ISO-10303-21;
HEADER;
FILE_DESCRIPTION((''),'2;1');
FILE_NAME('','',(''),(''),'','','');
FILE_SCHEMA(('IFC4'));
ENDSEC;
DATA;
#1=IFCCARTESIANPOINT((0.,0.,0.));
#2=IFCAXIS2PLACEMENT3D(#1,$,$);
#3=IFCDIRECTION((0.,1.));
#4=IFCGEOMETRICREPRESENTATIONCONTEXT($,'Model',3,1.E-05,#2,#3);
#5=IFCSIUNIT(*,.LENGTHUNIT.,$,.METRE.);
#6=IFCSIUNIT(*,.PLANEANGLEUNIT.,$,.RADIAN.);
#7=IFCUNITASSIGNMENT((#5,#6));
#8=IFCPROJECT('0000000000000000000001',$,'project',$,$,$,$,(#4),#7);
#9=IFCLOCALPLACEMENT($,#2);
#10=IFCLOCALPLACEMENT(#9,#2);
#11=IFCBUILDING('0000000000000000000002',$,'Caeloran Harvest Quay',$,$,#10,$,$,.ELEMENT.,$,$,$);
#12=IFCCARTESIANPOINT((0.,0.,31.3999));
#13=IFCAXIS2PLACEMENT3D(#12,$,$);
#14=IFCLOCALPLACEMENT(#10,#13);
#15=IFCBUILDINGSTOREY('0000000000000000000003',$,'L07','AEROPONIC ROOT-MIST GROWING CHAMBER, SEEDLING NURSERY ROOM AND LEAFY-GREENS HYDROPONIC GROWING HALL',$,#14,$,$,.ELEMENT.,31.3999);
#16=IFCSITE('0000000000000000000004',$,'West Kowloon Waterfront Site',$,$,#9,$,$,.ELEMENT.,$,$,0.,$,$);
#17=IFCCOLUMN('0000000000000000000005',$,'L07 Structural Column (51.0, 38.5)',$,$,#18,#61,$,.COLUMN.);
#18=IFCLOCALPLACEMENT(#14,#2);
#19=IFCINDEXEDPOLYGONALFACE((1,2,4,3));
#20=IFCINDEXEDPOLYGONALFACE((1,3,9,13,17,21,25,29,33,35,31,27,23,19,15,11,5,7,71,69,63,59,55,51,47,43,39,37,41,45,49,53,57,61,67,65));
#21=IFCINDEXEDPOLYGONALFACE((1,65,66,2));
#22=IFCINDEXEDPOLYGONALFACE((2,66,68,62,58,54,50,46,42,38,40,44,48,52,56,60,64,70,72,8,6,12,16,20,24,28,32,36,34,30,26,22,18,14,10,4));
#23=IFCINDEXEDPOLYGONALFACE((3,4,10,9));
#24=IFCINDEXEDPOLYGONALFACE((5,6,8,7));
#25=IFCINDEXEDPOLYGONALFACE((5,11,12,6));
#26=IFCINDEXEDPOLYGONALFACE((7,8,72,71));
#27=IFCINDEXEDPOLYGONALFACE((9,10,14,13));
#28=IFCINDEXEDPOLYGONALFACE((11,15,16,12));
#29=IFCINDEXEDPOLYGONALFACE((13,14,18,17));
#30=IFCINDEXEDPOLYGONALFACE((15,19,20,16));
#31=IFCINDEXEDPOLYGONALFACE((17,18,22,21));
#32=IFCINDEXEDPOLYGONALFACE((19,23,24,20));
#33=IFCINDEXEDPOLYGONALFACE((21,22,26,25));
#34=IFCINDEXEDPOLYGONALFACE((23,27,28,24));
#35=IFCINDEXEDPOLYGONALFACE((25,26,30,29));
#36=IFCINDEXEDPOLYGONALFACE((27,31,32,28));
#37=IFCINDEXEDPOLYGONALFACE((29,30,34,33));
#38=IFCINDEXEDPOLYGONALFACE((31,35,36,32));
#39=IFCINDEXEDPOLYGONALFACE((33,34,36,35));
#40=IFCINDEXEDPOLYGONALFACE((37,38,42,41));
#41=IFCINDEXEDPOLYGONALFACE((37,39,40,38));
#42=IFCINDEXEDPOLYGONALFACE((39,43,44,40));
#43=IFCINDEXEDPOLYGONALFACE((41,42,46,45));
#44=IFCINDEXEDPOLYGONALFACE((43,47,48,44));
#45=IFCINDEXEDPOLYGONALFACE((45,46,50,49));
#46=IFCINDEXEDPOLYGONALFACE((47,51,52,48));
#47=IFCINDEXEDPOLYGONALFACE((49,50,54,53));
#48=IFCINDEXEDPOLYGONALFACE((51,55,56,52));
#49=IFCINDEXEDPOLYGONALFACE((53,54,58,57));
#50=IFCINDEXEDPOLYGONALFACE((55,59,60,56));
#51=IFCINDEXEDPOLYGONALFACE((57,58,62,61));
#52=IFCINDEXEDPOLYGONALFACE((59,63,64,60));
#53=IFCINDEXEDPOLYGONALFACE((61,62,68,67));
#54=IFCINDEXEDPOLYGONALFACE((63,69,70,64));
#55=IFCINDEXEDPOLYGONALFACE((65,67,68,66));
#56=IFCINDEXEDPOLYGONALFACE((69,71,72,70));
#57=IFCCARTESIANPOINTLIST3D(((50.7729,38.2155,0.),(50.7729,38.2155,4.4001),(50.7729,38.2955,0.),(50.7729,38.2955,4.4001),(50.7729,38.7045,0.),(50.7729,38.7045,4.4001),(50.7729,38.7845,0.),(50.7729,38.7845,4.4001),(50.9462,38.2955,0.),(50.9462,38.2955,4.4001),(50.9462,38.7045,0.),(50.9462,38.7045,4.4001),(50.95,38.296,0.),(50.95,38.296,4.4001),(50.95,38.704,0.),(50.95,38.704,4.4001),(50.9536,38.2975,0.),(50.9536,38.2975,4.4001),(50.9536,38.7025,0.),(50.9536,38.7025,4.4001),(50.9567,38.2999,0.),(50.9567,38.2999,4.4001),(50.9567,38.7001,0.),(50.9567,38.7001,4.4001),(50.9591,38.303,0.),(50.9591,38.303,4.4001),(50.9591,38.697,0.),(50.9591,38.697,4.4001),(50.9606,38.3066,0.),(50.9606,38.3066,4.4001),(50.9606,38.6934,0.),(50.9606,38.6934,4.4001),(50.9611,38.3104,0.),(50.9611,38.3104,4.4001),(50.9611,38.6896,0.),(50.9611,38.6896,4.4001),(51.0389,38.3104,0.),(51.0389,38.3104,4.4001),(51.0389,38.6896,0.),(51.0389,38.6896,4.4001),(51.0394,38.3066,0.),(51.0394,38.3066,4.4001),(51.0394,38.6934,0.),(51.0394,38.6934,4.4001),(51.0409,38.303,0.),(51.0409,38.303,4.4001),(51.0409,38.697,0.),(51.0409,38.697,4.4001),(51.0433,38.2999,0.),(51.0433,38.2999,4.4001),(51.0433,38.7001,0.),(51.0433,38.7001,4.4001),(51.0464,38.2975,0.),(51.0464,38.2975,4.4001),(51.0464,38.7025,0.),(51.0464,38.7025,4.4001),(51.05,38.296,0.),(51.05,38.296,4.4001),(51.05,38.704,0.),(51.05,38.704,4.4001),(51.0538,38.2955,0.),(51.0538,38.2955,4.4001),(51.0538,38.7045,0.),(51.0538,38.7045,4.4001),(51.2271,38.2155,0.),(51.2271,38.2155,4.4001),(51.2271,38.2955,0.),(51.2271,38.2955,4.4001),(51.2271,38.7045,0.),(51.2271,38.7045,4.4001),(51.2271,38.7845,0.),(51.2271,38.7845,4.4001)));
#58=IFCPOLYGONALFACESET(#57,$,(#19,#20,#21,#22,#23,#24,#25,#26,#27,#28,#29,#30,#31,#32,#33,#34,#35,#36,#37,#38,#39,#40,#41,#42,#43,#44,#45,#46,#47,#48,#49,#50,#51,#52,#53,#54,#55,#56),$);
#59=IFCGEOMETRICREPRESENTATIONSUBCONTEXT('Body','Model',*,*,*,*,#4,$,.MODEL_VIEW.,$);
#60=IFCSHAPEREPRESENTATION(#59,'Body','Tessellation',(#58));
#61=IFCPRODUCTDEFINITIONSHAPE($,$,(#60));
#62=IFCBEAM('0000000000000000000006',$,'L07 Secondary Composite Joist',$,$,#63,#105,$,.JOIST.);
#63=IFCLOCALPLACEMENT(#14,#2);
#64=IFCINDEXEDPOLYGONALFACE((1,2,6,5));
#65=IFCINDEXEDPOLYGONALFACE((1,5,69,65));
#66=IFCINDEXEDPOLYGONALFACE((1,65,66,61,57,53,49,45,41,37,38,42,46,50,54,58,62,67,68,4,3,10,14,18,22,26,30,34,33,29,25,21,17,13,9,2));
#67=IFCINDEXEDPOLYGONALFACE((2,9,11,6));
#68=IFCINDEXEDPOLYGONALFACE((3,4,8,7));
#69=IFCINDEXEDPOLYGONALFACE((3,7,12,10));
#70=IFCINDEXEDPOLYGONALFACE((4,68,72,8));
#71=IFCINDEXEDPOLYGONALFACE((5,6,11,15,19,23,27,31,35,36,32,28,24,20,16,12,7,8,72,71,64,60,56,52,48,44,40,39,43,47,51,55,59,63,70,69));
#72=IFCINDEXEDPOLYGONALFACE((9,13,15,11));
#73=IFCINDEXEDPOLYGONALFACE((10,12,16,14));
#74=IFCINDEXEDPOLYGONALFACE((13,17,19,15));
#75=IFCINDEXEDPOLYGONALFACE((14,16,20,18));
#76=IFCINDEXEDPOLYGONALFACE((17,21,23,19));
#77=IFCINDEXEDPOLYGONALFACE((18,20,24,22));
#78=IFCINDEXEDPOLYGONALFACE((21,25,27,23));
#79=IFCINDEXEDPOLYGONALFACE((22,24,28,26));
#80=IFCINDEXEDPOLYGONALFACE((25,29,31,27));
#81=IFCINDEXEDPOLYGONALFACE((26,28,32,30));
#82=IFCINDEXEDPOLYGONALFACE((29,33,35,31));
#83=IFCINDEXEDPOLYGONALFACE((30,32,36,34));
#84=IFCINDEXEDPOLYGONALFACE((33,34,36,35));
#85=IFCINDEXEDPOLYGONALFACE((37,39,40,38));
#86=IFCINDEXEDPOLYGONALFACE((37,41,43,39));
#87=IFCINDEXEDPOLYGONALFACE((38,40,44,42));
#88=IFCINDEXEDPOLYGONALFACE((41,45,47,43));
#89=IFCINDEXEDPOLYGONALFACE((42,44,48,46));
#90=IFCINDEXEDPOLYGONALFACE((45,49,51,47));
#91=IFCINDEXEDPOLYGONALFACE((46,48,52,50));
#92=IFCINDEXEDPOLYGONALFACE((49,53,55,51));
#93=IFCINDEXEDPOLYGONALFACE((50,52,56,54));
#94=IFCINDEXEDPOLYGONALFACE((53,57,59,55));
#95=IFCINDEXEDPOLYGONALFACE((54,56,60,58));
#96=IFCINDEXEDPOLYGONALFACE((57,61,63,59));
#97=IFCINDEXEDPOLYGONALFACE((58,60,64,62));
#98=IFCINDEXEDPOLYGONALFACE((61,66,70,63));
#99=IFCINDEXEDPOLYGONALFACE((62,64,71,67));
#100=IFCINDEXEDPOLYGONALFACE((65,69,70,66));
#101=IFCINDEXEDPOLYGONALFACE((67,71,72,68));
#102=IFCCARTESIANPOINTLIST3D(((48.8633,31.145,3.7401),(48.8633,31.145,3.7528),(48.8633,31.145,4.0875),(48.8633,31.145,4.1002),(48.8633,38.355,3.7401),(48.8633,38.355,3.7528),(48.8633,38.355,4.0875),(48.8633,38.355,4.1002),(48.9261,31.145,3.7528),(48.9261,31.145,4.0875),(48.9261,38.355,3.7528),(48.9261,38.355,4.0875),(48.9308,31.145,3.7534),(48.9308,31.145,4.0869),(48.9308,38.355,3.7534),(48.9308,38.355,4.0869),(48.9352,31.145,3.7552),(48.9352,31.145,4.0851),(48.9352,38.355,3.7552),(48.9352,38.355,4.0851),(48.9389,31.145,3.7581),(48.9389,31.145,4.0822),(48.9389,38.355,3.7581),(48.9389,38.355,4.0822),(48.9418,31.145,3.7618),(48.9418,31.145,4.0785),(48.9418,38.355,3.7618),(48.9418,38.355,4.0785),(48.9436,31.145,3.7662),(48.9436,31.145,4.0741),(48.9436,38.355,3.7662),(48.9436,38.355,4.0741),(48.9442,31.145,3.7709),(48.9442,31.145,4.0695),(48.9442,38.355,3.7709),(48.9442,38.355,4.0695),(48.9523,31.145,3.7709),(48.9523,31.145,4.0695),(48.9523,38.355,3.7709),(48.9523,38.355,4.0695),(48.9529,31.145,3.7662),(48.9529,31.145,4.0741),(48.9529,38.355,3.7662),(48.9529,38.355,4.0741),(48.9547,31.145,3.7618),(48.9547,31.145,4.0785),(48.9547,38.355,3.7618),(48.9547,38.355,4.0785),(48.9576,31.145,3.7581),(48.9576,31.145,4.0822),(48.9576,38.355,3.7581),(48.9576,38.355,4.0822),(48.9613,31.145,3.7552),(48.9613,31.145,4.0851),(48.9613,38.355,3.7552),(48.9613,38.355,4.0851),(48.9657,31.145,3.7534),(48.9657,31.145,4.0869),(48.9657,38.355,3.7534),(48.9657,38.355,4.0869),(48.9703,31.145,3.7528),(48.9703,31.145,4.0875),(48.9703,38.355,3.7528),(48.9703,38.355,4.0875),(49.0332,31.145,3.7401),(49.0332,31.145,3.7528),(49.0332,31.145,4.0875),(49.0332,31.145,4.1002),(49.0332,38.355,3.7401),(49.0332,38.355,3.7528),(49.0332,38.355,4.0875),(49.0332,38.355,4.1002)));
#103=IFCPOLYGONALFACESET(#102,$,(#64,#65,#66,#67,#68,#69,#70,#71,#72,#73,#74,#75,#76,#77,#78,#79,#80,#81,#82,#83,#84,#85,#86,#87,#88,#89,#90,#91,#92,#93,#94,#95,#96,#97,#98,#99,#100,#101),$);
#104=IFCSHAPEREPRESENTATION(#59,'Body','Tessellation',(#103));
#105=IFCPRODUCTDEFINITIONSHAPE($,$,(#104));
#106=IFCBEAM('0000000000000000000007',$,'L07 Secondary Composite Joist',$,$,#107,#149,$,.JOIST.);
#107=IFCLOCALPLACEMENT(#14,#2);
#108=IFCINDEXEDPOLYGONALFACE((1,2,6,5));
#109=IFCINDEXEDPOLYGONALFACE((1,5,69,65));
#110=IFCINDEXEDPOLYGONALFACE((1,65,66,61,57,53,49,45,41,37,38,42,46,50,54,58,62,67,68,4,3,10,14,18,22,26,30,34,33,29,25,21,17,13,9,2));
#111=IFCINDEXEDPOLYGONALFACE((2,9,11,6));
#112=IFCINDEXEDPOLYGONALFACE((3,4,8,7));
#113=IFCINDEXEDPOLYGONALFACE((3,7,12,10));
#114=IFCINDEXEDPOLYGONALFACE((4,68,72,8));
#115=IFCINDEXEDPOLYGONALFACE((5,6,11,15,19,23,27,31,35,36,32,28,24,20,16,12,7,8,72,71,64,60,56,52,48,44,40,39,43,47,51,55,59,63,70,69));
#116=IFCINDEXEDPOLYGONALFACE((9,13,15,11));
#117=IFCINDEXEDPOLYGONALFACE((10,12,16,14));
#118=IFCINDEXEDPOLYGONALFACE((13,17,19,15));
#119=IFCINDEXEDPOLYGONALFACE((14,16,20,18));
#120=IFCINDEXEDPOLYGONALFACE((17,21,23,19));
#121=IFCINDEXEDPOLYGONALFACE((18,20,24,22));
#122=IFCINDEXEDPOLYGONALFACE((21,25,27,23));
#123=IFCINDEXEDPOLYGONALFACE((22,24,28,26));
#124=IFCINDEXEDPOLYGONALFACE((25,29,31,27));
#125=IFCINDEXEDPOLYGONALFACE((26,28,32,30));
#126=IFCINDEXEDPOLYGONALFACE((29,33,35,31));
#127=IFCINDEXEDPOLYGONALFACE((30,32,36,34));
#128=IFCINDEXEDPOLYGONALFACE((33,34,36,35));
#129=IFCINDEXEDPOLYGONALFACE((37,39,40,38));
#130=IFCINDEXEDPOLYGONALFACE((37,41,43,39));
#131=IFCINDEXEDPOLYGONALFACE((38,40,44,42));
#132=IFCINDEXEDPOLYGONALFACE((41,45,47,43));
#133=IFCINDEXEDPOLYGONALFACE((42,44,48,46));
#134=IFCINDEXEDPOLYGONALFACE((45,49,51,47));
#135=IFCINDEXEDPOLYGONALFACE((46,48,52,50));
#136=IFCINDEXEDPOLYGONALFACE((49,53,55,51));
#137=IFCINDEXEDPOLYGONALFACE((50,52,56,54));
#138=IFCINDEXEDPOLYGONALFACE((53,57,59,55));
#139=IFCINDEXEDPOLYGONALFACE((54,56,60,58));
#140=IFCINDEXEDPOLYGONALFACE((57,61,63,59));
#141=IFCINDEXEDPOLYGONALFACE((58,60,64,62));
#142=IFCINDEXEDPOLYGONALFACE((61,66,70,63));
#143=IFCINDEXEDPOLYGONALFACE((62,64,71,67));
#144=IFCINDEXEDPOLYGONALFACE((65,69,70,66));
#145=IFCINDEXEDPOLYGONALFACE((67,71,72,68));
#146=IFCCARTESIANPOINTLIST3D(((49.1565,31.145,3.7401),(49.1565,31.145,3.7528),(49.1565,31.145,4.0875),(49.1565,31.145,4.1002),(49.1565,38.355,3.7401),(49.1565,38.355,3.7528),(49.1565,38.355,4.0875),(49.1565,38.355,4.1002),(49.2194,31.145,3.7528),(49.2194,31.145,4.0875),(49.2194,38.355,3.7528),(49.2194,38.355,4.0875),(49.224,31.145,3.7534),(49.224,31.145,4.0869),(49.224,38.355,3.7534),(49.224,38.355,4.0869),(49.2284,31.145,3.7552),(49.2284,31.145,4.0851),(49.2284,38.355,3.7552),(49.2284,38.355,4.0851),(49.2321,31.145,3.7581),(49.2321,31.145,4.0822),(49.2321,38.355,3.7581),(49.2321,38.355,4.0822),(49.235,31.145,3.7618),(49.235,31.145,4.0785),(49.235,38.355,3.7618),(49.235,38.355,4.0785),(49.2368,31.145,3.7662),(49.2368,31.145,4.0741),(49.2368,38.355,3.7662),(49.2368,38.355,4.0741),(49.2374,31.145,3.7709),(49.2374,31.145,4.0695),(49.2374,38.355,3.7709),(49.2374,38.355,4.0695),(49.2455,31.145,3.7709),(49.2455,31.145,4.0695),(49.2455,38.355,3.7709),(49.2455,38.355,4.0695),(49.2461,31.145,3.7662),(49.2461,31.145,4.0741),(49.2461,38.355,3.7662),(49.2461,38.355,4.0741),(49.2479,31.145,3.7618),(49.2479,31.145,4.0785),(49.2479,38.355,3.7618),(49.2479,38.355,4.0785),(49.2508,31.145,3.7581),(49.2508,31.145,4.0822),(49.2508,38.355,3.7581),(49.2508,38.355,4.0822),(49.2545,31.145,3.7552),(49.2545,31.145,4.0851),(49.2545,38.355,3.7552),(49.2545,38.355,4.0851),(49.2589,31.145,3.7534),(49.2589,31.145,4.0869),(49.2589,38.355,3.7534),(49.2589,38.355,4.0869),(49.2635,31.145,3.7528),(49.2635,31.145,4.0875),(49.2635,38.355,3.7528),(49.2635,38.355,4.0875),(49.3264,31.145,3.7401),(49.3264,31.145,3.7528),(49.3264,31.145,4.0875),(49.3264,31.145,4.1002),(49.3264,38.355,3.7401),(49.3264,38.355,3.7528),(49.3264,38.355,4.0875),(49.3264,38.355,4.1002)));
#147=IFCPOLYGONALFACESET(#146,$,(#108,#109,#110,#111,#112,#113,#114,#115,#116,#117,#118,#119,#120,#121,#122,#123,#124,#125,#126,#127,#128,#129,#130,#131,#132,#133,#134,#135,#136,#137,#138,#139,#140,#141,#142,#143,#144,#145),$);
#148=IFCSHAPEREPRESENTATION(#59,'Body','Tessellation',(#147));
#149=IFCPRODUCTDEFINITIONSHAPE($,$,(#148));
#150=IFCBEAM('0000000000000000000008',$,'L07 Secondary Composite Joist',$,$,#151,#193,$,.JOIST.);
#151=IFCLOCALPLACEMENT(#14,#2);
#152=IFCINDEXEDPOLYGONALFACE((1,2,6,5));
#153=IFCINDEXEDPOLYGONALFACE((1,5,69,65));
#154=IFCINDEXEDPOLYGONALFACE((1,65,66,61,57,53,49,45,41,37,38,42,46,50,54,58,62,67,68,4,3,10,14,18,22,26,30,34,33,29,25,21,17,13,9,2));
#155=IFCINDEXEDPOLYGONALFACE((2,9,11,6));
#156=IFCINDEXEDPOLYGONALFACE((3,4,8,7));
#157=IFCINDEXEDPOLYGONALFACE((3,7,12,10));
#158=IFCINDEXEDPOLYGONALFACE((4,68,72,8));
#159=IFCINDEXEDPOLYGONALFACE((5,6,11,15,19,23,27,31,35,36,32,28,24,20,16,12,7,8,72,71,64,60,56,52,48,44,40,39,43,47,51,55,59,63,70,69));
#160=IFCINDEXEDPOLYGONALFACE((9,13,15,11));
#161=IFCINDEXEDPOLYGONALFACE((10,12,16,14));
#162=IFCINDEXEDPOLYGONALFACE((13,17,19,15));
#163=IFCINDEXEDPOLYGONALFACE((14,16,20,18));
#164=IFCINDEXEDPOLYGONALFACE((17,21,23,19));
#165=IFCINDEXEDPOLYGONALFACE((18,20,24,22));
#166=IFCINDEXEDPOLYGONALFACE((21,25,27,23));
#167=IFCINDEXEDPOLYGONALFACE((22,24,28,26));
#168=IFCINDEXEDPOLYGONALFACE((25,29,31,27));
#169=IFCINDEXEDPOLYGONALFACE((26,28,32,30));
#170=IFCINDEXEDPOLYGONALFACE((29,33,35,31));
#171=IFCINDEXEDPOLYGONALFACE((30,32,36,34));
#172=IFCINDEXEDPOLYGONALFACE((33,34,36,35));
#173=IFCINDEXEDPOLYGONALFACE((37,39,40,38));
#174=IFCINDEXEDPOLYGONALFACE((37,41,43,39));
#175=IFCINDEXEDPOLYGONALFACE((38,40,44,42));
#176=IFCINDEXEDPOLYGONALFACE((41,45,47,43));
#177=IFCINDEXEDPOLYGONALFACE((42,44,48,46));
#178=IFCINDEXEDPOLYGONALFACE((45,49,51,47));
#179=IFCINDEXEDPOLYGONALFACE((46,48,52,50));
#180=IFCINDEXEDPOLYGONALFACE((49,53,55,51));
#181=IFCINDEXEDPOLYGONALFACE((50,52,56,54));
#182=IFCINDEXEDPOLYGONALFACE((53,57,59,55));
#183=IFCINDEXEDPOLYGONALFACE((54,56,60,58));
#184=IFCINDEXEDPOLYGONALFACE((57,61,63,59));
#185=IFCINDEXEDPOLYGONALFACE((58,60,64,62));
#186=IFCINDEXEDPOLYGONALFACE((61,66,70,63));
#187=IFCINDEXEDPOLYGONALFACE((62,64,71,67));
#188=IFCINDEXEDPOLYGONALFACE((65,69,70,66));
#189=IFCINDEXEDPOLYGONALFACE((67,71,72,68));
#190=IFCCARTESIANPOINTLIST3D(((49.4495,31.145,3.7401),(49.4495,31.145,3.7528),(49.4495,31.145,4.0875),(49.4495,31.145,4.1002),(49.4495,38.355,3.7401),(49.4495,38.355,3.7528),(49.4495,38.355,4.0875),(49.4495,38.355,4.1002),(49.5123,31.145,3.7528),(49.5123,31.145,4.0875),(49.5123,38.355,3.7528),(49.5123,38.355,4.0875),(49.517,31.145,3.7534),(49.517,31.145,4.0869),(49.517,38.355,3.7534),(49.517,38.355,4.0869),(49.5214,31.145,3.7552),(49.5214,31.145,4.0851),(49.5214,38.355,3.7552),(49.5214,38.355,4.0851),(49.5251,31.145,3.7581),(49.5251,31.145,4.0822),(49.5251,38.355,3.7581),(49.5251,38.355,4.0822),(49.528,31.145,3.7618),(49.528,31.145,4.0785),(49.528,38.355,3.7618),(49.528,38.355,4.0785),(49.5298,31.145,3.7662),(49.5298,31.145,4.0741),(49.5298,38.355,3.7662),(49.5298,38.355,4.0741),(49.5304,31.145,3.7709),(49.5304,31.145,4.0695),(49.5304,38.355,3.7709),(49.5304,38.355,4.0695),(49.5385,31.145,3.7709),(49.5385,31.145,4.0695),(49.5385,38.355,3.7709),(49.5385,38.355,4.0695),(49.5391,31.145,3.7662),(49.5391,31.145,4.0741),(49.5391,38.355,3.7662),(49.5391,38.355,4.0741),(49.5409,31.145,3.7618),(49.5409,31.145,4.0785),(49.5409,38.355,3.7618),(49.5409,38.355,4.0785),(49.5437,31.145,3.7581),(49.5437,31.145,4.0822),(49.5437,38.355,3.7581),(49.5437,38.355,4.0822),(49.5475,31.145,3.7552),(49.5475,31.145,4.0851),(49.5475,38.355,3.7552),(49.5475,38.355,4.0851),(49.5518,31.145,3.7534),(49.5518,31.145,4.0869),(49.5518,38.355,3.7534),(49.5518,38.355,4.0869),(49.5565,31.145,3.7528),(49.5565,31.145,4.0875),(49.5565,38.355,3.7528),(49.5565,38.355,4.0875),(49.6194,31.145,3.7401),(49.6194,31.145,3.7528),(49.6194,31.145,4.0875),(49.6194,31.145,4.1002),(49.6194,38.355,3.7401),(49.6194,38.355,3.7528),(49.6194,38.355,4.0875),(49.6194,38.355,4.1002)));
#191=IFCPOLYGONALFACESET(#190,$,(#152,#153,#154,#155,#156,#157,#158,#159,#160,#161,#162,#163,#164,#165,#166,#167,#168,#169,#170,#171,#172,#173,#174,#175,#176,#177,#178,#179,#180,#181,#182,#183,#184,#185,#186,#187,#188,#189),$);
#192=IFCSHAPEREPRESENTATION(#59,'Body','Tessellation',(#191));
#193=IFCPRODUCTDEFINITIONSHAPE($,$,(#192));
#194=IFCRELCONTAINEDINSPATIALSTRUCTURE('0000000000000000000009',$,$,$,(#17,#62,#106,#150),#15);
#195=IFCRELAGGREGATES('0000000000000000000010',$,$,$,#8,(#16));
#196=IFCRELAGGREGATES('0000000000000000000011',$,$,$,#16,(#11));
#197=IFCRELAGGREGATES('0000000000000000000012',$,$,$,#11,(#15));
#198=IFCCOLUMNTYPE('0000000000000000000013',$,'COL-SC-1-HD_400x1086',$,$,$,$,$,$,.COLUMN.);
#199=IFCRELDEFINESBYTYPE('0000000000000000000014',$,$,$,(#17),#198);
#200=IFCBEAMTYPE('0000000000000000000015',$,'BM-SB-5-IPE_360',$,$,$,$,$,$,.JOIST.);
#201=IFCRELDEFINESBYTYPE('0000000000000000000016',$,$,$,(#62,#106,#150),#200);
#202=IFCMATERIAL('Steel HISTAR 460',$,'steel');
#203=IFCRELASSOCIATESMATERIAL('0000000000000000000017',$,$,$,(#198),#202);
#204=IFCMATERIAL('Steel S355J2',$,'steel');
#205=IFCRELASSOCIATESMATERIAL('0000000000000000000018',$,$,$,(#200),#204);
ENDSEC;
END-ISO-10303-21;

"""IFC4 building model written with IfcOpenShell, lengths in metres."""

from ifc_helpers import new_model, si_unit, direction, frame, origin, origin_2d, place, context, subcontext, project, spatial, i_section, extrude, material, material_profile, profile_set, type_object, element, save


model = new_model("IFC4")

# Units and contexts
model_context = context("Model", 3, precision=1e-05, world=origin(), true_north=direction((0.0, 1.0)))
body_context = subcontext(model_context, "Body", "Model", "MODEL_VIEW")
ifc_project = project(units=[si_unit("LENGTHUNIT", "METRE"), si_unit("PLANEANGLEUNIT", "RADIAN")], contexts=[model_context])

# Site, building, storey
site_placement = place(None, origin())
site = spatial("IfcSite", under=ifc_project, at=site_placement, Name="West Kowloon Waterfront Site", CompositionType="ELEMENT", RefElevation=0.0)
building_placement = place(site_placement, origin())
building = spatial("IfcBuilding", under=site, at=building_placement, Name="Caeloran Harvest Quay", CompositionType="ELEMENT")
storey_placement = place(building_placement, frame((0.0, 0.0, 31.3999)))
storey = spatial("IfcBuildingStorey", under=building, at=storey_placement, Name="L07", Description="AEROPONIC ROOT-MIST GROWING CHAMBER, SEEDLING NURSERY ROOM AND LEAFY-GREENS HYDROPONIC GROWING HALL", CompositionType="ELEMENT", Elevation=31.3999)

# Column
ifc_material_1 = material(Name="Steel HISTAR 460", Category="steel")
ifc_material_profile_1 = material_profile(ifc_material_1, i_section(OverallWidth=0.4541, OverallDepth=0.5691, WebThickness=0.0779, FlangeThickness=0.0801, FilletRadius=0.0149, at=origin_2d()), Name="HD 400x1086")
ifc_profile_set_1 = profile_set([ifc_material_profile_1], Name="Steel HISTAR 460")
column_type = type_object("IfcColumnType", Name="COL-SC-1-HD_400x1086", PredefinedType="COLUMN", material=ifc_profile_set_1)
column_placement = place(storey_placement, frame((51.0, 38.5, 0.0), z_axis=(0.0, 0.0, 1.0), x_axis=(1.0, 0.0, 0.0)))
element("IfcColumn", 1, at=column_placement, inside=storey, type_object=column_type, Name="L07 Structural Column (51.0, 38.5)", PredefinedType="COLUMN", context=body_context, shape_type="SweptSolid", body=[
    extrude(i_section(OverallWidth=0.4541, OverallDepth=0.5691, WebThickness=0.0779, FlangeThickness=0.0801, FilletRadius=0.0149, at=origin_2d()), origin(), (0.0, 0.0, 1.0), 4.4001),
])

# Beams
ifc_material_2 = material(Name="Steel S355J2", Category="steel")
ifc_material_profile_2 = material_profile(ifc_material_2, i_section(OverallWidth=0.1699, OverallDepth=0.3601, WebThickness=0.0081, FlangeThickness=0.0127, FilletRadius=0.0181, at=origin_2d()), Name="IPE 360")
ifc_profile_set_2 = profile_set([ifc_material_profile_2], Name="Steel S355J2")
beam_type_1 = type_object("IfcBeamType", Name="BM-SB-5-IPE_360", PredefinedType="JOIST", material=ifc_profile_set_2)
for number, where, z_axis, x_axis, name in (
    (2, (48.9482, 31.145, 3.9202), (0.0, 1.0, 0.0), (-1.0, 0.0, 0.0), "L07 Secondary Composite Joist"),
    (3, (49.2415, 31.145, 3.9202), (0.0, 1.0, 0.0), (-1.0, 0.0, 0.0), "L07 Secondary Composite Joist"),
    (4, (49.5344, 31.145, 3.9202), (0.0, 1.0, 0.0), (-1.0, 0.0, 0.0), "L07 Secondary Composite Joist"),
):
    element("IfcBeam", number, at=place(storey_placement, frame(where, z_axis=z_axis, x_axis=x_axis)), inside=storey, type_object=beam_type_1, Name=name, PredefinedType="JOIST", context=body_context, shape_type="SweptSolid", body=[
        extrude(i_section(OverallWidth=0.1699, OverallDepth=0.3601, WebThickness=0.0081, FlangeThickness=0.0127, FilletRadius=0.0181, at=origin_2d()), origin(), (0.0, 0.0, 1.0), 7.21),
    ])

save(model, "model.ifc")
